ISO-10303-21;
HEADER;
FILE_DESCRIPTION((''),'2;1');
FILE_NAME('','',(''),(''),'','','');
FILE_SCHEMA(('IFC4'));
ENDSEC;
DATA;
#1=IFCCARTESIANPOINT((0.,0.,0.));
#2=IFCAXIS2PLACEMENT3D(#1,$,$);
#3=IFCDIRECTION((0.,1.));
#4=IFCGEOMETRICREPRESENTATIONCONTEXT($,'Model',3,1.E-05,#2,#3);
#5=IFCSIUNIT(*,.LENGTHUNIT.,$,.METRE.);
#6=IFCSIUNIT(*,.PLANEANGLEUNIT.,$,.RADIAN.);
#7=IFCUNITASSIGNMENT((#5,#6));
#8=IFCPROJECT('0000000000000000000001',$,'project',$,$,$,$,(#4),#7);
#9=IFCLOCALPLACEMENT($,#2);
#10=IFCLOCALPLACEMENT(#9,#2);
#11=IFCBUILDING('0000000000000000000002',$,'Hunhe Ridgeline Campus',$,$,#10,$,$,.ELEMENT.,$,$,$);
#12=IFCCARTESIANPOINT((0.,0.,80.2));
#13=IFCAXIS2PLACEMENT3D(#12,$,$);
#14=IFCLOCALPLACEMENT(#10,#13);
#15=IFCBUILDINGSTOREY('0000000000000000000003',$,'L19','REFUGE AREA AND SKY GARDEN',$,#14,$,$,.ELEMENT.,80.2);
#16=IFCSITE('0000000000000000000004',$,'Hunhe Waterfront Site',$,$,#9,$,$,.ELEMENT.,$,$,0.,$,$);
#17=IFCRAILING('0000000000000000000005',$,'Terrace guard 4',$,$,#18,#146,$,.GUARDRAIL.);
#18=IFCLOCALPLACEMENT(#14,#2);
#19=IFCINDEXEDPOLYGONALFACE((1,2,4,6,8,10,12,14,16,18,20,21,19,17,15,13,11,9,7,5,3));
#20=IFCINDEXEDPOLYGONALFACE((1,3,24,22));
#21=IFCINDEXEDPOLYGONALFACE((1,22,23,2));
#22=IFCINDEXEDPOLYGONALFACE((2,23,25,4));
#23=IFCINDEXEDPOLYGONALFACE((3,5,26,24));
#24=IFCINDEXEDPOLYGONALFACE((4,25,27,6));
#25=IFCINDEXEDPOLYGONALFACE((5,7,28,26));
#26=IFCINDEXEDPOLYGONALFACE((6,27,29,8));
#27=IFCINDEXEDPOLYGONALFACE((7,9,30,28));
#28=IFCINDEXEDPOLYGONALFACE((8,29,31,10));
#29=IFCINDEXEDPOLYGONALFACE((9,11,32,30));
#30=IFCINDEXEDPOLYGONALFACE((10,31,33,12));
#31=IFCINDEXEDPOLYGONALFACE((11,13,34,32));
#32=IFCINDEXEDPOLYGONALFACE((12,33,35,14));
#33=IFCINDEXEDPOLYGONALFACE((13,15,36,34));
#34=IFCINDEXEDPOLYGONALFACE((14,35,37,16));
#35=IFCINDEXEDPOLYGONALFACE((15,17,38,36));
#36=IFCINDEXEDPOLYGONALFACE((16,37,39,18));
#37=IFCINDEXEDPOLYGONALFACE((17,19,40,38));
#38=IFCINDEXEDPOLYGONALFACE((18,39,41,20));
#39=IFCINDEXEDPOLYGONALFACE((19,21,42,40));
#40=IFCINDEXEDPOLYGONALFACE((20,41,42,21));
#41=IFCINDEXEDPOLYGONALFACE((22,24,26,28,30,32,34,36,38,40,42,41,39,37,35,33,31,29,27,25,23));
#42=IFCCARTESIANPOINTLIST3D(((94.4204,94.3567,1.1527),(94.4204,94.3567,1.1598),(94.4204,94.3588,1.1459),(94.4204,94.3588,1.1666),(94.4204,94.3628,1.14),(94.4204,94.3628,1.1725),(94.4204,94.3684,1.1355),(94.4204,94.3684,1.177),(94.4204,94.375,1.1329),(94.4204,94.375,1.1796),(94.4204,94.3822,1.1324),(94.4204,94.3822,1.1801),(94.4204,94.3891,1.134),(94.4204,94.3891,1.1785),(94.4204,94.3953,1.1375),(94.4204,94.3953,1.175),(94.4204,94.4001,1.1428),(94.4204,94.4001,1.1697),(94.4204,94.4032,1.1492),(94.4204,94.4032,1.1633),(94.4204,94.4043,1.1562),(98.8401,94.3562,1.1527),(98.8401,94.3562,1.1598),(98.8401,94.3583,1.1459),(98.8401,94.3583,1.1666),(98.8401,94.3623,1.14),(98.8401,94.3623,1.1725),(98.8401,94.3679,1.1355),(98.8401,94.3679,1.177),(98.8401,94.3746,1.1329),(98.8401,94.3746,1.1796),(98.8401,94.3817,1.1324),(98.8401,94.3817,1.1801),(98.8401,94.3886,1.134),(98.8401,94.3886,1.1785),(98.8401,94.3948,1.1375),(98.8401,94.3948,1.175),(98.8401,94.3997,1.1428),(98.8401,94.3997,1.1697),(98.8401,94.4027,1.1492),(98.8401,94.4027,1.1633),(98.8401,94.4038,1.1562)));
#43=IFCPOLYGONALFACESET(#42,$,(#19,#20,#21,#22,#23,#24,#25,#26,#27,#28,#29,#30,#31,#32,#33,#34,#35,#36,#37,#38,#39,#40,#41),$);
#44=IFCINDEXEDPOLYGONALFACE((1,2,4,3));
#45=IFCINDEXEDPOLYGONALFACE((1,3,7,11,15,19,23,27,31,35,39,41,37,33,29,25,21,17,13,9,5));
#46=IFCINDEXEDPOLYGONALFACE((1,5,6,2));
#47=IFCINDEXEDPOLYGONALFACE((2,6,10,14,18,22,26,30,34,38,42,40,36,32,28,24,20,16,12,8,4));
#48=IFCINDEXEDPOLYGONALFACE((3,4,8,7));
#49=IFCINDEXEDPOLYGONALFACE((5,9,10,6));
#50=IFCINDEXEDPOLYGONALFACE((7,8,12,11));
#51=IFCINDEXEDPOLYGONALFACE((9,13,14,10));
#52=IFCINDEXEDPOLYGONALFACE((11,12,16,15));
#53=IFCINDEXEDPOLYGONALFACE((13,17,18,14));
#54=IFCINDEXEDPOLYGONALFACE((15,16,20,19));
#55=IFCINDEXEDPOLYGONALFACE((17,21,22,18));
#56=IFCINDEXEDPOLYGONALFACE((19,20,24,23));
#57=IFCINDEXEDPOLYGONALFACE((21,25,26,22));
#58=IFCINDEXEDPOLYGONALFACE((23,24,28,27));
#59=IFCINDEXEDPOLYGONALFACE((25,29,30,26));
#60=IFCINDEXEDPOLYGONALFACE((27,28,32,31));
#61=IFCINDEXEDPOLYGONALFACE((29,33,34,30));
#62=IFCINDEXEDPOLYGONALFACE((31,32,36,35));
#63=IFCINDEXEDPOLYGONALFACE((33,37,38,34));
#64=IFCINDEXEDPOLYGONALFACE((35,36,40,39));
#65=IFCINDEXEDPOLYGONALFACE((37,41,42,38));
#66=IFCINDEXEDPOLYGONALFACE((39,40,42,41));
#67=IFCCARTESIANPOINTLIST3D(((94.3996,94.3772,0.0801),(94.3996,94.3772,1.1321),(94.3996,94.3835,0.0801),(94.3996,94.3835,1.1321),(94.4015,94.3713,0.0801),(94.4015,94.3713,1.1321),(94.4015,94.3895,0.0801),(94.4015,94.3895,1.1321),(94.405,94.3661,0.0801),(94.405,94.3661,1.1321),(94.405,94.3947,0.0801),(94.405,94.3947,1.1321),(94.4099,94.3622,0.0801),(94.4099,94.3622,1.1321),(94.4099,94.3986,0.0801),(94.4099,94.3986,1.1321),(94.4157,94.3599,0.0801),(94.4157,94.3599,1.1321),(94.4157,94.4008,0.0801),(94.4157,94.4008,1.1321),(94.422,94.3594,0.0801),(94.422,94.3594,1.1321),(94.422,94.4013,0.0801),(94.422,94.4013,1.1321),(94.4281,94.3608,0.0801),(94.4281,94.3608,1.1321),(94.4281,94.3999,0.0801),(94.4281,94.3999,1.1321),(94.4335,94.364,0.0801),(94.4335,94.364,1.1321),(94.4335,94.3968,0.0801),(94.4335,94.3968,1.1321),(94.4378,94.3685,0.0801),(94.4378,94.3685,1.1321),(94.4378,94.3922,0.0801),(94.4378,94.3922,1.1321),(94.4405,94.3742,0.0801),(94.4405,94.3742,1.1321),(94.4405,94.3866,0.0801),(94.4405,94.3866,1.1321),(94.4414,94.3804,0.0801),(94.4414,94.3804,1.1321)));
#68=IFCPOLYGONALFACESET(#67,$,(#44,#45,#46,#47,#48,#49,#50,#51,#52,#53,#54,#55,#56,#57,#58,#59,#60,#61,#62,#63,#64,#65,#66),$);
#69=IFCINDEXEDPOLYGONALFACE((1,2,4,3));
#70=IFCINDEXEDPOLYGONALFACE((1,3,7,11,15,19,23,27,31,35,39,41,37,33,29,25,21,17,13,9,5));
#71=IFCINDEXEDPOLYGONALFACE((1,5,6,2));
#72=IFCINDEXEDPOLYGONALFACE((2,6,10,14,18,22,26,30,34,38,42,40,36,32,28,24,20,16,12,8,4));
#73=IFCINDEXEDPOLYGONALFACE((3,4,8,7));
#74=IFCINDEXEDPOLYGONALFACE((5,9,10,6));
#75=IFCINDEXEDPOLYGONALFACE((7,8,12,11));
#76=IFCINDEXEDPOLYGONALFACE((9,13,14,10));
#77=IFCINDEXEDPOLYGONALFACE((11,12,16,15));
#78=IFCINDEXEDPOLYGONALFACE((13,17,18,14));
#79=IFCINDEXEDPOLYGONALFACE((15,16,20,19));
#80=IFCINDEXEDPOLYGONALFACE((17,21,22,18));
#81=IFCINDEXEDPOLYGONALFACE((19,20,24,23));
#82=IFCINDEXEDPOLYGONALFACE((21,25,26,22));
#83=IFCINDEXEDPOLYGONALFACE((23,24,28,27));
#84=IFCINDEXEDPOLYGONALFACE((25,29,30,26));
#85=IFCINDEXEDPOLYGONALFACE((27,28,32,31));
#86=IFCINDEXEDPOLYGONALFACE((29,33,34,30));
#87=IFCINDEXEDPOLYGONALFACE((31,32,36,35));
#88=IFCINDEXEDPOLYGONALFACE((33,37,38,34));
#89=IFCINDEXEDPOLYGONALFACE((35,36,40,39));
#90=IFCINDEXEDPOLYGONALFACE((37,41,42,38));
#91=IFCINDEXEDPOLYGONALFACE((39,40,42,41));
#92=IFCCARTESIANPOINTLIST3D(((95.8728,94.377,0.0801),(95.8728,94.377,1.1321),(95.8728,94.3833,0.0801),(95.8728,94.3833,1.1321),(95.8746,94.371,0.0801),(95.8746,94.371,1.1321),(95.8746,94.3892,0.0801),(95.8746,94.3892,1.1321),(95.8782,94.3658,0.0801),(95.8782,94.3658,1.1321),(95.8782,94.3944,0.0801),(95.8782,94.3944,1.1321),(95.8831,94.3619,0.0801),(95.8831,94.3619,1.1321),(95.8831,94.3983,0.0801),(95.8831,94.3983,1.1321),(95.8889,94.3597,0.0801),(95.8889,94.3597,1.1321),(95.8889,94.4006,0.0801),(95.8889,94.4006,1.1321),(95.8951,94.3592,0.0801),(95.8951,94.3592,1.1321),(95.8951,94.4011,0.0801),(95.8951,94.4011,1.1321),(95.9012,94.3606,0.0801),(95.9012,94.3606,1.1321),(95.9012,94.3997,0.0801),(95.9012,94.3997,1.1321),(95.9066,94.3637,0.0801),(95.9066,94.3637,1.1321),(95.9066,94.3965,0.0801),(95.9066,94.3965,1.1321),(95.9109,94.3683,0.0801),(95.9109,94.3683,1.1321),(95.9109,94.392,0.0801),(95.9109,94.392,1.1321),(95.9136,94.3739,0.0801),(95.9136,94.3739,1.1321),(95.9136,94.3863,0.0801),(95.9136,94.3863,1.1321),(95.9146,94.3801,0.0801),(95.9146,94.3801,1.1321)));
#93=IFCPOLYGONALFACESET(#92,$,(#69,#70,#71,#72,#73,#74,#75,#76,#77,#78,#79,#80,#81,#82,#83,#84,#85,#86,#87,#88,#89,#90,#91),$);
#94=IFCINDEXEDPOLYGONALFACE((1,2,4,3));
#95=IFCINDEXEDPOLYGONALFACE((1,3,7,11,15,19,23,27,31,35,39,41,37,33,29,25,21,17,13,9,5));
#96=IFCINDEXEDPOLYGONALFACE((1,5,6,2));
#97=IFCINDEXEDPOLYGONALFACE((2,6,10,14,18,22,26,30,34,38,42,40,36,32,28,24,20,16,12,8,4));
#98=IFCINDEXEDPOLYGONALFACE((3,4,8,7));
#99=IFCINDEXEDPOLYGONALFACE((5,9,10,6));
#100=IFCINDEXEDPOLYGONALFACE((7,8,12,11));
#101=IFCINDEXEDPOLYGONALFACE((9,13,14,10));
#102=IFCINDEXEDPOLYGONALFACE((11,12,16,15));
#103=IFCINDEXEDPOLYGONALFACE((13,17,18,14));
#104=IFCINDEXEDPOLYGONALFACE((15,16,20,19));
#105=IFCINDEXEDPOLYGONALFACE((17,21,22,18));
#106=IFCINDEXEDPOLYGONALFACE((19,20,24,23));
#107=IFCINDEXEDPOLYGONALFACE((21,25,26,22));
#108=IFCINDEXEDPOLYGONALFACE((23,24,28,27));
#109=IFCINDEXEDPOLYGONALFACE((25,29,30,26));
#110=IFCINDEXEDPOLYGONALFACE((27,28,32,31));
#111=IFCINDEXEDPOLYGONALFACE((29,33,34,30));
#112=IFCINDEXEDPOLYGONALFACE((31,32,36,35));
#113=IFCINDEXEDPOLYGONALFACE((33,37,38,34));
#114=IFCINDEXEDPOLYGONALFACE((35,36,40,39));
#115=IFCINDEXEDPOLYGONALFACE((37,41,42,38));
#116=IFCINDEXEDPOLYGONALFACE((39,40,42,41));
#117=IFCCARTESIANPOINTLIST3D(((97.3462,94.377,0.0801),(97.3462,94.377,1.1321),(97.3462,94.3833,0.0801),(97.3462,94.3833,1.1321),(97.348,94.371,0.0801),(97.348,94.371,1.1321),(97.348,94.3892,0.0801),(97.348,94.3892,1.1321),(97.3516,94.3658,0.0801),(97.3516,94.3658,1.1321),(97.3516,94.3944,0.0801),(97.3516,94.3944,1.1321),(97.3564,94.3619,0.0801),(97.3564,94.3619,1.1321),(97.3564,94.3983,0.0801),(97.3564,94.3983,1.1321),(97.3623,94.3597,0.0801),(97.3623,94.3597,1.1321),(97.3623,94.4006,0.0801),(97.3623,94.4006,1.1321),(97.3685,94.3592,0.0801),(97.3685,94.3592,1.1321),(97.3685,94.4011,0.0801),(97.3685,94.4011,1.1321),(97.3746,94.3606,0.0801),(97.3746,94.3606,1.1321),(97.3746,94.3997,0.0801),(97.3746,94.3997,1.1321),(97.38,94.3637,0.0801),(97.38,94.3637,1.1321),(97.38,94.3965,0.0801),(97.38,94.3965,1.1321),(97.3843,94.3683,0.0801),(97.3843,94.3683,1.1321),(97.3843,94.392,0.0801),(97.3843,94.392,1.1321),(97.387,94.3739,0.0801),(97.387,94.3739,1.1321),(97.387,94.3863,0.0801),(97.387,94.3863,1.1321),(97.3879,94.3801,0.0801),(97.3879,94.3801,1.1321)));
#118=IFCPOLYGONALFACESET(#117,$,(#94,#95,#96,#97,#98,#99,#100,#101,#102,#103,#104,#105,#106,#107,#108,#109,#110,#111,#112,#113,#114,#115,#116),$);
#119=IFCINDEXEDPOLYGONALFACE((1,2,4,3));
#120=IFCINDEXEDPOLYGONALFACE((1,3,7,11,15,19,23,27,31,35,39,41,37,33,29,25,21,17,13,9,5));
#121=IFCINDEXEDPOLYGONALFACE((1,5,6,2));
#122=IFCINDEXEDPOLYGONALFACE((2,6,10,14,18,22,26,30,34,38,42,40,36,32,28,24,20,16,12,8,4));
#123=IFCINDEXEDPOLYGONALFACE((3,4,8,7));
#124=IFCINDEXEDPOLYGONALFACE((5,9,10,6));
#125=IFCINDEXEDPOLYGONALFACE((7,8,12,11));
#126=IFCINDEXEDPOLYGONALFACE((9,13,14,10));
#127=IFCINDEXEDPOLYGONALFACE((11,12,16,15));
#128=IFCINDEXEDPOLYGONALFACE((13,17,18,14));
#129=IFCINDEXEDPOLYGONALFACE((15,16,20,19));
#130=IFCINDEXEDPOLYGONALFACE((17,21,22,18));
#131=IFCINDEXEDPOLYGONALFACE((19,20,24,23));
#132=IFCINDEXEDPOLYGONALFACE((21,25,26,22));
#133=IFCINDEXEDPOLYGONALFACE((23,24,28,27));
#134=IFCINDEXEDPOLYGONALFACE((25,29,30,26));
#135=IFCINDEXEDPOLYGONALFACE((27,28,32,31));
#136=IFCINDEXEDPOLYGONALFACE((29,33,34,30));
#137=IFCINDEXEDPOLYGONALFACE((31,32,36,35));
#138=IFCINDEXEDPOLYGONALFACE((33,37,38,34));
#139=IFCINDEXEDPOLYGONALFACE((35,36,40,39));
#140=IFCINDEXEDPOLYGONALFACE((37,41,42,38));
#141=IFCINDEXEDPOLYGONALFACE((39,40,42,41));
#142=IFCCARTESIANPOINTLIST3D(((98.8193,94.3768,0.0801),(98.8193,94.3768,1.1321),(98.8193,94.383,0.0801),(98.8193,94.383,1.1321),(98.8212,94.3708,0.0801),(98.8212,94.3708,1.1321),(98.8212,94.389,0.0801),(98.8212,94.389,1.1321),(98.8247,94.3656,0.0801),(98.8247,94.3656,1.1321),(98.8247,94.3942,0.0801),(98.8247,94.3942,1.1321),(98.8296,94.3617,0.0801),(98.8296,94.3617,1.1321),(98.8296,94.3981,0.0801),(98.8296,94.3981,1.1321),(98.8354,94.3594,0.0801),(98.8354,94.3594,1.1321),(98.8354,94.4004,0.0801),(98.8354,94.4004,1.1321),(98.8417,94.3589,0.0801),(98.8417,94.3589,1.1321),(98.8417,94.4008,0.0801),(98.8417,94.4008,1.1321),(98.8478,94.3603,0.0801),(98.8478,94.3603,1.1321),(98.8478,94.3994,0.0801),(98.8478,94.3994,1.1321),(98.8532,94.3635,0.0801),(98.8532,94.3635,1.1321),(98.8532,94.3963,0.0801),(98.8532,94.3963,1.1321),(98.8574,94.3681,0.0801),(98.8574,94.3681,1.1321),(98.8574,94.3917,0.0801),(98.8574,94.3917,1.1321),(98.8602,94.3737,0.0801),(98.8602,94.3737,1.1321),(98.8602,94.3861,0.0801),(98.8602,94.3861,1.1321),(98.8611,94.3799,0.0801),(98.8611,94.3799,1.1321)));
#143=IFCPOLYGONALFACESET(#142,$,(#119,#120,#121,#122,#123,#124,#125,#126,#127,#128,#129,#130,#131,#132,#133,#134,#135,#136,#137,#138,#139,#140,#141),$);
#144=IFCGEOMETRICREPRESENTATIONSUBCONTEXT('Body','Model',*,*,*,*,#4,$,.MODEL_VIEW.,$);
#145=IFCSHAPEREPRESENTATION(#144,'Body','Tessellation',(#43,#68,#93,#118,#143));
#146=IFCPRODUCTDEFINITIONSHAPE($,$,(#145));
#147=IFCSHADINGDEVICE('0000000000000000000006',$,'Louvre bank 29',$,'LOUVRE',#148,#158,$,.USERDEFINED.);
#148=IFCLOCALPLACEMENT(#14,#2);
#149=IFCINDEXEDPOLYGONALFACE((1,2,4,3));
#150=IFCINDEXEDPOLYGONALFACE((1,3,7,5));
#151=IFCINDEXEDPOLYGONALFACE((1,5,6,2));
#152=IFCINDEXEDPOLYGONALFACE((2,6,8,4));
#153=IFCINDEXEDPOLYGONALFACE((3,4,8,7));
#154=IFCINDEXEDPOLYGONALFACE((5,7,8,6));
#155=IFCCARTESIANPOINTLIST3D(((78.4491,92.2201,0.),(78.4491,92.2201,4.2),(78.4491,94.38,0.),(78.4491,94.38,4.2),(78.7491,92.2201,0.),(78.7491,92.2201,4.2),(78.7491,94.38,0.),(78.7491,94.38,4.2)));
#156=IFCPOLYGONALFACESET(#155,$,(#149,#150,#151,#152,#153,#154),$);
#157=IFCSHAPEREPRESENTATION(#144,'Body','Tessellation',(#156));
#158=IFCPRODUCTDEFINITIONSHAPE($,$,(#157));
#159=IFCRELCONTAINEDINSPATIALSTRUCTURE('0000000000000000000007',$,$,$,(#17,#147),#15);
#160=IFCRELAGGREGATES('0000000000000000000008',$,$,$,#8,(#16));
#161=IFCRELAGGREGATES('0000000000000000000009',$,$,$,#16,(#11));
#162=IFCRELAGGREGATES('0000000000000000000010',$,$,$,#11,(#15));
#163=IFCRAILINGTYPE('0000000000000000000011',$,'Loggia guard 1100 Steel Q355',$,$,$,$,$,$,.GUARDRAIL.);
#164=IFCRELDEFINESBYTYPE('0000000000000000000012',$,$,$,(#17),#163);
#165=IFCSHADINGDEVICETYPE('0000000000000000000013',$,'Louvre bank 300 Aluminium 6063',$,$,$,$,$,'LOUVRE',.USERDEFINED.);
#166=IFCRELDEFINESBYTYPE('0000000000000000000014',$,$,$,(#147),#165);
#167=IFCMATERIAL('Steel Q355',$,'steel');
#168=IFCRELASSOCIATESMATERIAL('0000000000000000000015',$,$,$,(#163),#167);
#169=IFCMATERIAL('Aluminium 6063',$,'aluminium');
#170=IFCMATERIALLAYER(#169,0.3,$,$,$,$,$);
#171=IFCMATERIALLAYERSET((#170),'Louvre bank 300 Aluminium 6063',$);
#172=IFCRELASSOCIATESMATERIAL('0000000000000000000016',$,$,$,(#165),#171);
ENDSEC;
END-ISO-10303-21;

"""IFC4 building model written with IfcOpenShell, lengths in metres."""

from ifc_helpers import new_model, si_unit, direction, frame, origin, origin_2d, place, context, subcontext, project, spatial, rectangle, circle, extrude, material, layer, layer_set, type_object, element, save


model = new_model("IFC4")

# Units and contexts
model_context = context("Model", 3, precision=1e-05, world=origin(), true_north=direction((0.0, 1.0)))
body_context = subcontext(model_context, "Body", "Model", "MODEL_VIEW")
ifc_project = project(units=[si_unit("LENGTHUNIT", "METRE"), si_unit("PLANEANGLEUNIT", "RADIAN")], contexts=[model_context])

# Site, building, storey
site_placement = place(None, origin())
site = spatial("IfcSite", under=ifc_project, at=site_placement, Name="Hunhe Waterfront Site", CompositionType="ELEMENT", RefElevation=0.0)
building_placement = place(site_placement, origin())
building = spatial("IfcBuilding", under=site, at=building_placement, Name="Hunhe Ridgeline Campus", CompositionType="ELEMENT")
storey_placement = place(building_placement, frame((0.0, 0.0, 80.2)))
storey = spatial("IfcBuildingStorey", under=building, at=storey_placement, Name="L19", Description="REFUGE AREA AND SKY GARDEN", CompositionType="ELEMENT", Elevation=80.2)

# Shared definitions
ifc_material_1 = material(Name="Aluminium 6063", Category="aluminium")

# Railing
ifc_material_2 = material(Name="Steel Q355", Category="steel")
railing_type_1 = type_object("IfcRailingType", Name="Loggia guard 1100 Steel Q355", PredefinedType="GUARDRAIL", material=ifc_material_2)
railing_1_placement = place(storey_placement, frame((94.4204, 94.3804, 0.0801)))
element("IfcRailing", 1, at=railing_1_placement, inside=storey, type_object=railing_type_1, Name="Terrace guard 4", PredefinedType="GUARDRAIL", context=body_context, shape_type="SweptSolid", body=[
    extrude(circle(Radius=0.0239, at=origin_2d()), frame((0.0, 0.0, 1.0762), z_axis=(1.0, -0.00011, 0.0), x_axis=(0.00011, 1.0, 0.0)), (0.0, 0.0, 1.0), 4.4197),
    extrude(circle(Radius=0.021, at=origin_2d()), origin(), (0.0, 0.0, 1.0), 1.052),
    extrude(circle(Radius=0.021, at=origin_2d()), frame((1.4731, -0.0002, 0.0)), (0.0, 0.0, 1.0), 1.052),
    extrude(circle(Radius=0.021, at=origin_2d()), frame((2.9465, -0.0002, 0.0)), (0.0, 0.0, 1.0), 1.052),
    extrude(circle(Radius=0.021, at=origin_2d()), frame((4.4197, -0.0005, 0.0)), (0.0, 0.0, 1.0), 1.052),
])

# Shading device
ifc_layer_1 = layer(ifc_material_1, 0.3)
ifc_layer_set_1 = layer_set([ifc_layer_1], Name="Louvre bank 300 Aluminium 6063")
shading_device_type = type_object("IfcShadingDeviceType", Name="Louvre bank 300 Aluminium 6063", ElementType="LOUVRE", PredefinedType="USERDEFINED", material=ifc_layer_set_1)
shading_device_placement = place(storey_placement, frame((78.5991, 93.3, 0.0), z_axis=(0.0, 0.0, 1.0), x_axis=(0.0, 1.0, 0.0)))
element("IfcShadingDevice", 2, at=shading_device_placement, inside=storey, type_object=shading_device_type, Name="Louvre bank 29", ObjectType="LOUVRE", PredefinedType="USERDEFINED", context=body_context, shape_type="SweptSolid", body=[
    extrude(rectangle(XDim=2.1599, YDim=0.3, at=origin_2d()), origin(), (0.0, 0.0, 1.0), 4.2),
])

save(model, "model.ifc")
